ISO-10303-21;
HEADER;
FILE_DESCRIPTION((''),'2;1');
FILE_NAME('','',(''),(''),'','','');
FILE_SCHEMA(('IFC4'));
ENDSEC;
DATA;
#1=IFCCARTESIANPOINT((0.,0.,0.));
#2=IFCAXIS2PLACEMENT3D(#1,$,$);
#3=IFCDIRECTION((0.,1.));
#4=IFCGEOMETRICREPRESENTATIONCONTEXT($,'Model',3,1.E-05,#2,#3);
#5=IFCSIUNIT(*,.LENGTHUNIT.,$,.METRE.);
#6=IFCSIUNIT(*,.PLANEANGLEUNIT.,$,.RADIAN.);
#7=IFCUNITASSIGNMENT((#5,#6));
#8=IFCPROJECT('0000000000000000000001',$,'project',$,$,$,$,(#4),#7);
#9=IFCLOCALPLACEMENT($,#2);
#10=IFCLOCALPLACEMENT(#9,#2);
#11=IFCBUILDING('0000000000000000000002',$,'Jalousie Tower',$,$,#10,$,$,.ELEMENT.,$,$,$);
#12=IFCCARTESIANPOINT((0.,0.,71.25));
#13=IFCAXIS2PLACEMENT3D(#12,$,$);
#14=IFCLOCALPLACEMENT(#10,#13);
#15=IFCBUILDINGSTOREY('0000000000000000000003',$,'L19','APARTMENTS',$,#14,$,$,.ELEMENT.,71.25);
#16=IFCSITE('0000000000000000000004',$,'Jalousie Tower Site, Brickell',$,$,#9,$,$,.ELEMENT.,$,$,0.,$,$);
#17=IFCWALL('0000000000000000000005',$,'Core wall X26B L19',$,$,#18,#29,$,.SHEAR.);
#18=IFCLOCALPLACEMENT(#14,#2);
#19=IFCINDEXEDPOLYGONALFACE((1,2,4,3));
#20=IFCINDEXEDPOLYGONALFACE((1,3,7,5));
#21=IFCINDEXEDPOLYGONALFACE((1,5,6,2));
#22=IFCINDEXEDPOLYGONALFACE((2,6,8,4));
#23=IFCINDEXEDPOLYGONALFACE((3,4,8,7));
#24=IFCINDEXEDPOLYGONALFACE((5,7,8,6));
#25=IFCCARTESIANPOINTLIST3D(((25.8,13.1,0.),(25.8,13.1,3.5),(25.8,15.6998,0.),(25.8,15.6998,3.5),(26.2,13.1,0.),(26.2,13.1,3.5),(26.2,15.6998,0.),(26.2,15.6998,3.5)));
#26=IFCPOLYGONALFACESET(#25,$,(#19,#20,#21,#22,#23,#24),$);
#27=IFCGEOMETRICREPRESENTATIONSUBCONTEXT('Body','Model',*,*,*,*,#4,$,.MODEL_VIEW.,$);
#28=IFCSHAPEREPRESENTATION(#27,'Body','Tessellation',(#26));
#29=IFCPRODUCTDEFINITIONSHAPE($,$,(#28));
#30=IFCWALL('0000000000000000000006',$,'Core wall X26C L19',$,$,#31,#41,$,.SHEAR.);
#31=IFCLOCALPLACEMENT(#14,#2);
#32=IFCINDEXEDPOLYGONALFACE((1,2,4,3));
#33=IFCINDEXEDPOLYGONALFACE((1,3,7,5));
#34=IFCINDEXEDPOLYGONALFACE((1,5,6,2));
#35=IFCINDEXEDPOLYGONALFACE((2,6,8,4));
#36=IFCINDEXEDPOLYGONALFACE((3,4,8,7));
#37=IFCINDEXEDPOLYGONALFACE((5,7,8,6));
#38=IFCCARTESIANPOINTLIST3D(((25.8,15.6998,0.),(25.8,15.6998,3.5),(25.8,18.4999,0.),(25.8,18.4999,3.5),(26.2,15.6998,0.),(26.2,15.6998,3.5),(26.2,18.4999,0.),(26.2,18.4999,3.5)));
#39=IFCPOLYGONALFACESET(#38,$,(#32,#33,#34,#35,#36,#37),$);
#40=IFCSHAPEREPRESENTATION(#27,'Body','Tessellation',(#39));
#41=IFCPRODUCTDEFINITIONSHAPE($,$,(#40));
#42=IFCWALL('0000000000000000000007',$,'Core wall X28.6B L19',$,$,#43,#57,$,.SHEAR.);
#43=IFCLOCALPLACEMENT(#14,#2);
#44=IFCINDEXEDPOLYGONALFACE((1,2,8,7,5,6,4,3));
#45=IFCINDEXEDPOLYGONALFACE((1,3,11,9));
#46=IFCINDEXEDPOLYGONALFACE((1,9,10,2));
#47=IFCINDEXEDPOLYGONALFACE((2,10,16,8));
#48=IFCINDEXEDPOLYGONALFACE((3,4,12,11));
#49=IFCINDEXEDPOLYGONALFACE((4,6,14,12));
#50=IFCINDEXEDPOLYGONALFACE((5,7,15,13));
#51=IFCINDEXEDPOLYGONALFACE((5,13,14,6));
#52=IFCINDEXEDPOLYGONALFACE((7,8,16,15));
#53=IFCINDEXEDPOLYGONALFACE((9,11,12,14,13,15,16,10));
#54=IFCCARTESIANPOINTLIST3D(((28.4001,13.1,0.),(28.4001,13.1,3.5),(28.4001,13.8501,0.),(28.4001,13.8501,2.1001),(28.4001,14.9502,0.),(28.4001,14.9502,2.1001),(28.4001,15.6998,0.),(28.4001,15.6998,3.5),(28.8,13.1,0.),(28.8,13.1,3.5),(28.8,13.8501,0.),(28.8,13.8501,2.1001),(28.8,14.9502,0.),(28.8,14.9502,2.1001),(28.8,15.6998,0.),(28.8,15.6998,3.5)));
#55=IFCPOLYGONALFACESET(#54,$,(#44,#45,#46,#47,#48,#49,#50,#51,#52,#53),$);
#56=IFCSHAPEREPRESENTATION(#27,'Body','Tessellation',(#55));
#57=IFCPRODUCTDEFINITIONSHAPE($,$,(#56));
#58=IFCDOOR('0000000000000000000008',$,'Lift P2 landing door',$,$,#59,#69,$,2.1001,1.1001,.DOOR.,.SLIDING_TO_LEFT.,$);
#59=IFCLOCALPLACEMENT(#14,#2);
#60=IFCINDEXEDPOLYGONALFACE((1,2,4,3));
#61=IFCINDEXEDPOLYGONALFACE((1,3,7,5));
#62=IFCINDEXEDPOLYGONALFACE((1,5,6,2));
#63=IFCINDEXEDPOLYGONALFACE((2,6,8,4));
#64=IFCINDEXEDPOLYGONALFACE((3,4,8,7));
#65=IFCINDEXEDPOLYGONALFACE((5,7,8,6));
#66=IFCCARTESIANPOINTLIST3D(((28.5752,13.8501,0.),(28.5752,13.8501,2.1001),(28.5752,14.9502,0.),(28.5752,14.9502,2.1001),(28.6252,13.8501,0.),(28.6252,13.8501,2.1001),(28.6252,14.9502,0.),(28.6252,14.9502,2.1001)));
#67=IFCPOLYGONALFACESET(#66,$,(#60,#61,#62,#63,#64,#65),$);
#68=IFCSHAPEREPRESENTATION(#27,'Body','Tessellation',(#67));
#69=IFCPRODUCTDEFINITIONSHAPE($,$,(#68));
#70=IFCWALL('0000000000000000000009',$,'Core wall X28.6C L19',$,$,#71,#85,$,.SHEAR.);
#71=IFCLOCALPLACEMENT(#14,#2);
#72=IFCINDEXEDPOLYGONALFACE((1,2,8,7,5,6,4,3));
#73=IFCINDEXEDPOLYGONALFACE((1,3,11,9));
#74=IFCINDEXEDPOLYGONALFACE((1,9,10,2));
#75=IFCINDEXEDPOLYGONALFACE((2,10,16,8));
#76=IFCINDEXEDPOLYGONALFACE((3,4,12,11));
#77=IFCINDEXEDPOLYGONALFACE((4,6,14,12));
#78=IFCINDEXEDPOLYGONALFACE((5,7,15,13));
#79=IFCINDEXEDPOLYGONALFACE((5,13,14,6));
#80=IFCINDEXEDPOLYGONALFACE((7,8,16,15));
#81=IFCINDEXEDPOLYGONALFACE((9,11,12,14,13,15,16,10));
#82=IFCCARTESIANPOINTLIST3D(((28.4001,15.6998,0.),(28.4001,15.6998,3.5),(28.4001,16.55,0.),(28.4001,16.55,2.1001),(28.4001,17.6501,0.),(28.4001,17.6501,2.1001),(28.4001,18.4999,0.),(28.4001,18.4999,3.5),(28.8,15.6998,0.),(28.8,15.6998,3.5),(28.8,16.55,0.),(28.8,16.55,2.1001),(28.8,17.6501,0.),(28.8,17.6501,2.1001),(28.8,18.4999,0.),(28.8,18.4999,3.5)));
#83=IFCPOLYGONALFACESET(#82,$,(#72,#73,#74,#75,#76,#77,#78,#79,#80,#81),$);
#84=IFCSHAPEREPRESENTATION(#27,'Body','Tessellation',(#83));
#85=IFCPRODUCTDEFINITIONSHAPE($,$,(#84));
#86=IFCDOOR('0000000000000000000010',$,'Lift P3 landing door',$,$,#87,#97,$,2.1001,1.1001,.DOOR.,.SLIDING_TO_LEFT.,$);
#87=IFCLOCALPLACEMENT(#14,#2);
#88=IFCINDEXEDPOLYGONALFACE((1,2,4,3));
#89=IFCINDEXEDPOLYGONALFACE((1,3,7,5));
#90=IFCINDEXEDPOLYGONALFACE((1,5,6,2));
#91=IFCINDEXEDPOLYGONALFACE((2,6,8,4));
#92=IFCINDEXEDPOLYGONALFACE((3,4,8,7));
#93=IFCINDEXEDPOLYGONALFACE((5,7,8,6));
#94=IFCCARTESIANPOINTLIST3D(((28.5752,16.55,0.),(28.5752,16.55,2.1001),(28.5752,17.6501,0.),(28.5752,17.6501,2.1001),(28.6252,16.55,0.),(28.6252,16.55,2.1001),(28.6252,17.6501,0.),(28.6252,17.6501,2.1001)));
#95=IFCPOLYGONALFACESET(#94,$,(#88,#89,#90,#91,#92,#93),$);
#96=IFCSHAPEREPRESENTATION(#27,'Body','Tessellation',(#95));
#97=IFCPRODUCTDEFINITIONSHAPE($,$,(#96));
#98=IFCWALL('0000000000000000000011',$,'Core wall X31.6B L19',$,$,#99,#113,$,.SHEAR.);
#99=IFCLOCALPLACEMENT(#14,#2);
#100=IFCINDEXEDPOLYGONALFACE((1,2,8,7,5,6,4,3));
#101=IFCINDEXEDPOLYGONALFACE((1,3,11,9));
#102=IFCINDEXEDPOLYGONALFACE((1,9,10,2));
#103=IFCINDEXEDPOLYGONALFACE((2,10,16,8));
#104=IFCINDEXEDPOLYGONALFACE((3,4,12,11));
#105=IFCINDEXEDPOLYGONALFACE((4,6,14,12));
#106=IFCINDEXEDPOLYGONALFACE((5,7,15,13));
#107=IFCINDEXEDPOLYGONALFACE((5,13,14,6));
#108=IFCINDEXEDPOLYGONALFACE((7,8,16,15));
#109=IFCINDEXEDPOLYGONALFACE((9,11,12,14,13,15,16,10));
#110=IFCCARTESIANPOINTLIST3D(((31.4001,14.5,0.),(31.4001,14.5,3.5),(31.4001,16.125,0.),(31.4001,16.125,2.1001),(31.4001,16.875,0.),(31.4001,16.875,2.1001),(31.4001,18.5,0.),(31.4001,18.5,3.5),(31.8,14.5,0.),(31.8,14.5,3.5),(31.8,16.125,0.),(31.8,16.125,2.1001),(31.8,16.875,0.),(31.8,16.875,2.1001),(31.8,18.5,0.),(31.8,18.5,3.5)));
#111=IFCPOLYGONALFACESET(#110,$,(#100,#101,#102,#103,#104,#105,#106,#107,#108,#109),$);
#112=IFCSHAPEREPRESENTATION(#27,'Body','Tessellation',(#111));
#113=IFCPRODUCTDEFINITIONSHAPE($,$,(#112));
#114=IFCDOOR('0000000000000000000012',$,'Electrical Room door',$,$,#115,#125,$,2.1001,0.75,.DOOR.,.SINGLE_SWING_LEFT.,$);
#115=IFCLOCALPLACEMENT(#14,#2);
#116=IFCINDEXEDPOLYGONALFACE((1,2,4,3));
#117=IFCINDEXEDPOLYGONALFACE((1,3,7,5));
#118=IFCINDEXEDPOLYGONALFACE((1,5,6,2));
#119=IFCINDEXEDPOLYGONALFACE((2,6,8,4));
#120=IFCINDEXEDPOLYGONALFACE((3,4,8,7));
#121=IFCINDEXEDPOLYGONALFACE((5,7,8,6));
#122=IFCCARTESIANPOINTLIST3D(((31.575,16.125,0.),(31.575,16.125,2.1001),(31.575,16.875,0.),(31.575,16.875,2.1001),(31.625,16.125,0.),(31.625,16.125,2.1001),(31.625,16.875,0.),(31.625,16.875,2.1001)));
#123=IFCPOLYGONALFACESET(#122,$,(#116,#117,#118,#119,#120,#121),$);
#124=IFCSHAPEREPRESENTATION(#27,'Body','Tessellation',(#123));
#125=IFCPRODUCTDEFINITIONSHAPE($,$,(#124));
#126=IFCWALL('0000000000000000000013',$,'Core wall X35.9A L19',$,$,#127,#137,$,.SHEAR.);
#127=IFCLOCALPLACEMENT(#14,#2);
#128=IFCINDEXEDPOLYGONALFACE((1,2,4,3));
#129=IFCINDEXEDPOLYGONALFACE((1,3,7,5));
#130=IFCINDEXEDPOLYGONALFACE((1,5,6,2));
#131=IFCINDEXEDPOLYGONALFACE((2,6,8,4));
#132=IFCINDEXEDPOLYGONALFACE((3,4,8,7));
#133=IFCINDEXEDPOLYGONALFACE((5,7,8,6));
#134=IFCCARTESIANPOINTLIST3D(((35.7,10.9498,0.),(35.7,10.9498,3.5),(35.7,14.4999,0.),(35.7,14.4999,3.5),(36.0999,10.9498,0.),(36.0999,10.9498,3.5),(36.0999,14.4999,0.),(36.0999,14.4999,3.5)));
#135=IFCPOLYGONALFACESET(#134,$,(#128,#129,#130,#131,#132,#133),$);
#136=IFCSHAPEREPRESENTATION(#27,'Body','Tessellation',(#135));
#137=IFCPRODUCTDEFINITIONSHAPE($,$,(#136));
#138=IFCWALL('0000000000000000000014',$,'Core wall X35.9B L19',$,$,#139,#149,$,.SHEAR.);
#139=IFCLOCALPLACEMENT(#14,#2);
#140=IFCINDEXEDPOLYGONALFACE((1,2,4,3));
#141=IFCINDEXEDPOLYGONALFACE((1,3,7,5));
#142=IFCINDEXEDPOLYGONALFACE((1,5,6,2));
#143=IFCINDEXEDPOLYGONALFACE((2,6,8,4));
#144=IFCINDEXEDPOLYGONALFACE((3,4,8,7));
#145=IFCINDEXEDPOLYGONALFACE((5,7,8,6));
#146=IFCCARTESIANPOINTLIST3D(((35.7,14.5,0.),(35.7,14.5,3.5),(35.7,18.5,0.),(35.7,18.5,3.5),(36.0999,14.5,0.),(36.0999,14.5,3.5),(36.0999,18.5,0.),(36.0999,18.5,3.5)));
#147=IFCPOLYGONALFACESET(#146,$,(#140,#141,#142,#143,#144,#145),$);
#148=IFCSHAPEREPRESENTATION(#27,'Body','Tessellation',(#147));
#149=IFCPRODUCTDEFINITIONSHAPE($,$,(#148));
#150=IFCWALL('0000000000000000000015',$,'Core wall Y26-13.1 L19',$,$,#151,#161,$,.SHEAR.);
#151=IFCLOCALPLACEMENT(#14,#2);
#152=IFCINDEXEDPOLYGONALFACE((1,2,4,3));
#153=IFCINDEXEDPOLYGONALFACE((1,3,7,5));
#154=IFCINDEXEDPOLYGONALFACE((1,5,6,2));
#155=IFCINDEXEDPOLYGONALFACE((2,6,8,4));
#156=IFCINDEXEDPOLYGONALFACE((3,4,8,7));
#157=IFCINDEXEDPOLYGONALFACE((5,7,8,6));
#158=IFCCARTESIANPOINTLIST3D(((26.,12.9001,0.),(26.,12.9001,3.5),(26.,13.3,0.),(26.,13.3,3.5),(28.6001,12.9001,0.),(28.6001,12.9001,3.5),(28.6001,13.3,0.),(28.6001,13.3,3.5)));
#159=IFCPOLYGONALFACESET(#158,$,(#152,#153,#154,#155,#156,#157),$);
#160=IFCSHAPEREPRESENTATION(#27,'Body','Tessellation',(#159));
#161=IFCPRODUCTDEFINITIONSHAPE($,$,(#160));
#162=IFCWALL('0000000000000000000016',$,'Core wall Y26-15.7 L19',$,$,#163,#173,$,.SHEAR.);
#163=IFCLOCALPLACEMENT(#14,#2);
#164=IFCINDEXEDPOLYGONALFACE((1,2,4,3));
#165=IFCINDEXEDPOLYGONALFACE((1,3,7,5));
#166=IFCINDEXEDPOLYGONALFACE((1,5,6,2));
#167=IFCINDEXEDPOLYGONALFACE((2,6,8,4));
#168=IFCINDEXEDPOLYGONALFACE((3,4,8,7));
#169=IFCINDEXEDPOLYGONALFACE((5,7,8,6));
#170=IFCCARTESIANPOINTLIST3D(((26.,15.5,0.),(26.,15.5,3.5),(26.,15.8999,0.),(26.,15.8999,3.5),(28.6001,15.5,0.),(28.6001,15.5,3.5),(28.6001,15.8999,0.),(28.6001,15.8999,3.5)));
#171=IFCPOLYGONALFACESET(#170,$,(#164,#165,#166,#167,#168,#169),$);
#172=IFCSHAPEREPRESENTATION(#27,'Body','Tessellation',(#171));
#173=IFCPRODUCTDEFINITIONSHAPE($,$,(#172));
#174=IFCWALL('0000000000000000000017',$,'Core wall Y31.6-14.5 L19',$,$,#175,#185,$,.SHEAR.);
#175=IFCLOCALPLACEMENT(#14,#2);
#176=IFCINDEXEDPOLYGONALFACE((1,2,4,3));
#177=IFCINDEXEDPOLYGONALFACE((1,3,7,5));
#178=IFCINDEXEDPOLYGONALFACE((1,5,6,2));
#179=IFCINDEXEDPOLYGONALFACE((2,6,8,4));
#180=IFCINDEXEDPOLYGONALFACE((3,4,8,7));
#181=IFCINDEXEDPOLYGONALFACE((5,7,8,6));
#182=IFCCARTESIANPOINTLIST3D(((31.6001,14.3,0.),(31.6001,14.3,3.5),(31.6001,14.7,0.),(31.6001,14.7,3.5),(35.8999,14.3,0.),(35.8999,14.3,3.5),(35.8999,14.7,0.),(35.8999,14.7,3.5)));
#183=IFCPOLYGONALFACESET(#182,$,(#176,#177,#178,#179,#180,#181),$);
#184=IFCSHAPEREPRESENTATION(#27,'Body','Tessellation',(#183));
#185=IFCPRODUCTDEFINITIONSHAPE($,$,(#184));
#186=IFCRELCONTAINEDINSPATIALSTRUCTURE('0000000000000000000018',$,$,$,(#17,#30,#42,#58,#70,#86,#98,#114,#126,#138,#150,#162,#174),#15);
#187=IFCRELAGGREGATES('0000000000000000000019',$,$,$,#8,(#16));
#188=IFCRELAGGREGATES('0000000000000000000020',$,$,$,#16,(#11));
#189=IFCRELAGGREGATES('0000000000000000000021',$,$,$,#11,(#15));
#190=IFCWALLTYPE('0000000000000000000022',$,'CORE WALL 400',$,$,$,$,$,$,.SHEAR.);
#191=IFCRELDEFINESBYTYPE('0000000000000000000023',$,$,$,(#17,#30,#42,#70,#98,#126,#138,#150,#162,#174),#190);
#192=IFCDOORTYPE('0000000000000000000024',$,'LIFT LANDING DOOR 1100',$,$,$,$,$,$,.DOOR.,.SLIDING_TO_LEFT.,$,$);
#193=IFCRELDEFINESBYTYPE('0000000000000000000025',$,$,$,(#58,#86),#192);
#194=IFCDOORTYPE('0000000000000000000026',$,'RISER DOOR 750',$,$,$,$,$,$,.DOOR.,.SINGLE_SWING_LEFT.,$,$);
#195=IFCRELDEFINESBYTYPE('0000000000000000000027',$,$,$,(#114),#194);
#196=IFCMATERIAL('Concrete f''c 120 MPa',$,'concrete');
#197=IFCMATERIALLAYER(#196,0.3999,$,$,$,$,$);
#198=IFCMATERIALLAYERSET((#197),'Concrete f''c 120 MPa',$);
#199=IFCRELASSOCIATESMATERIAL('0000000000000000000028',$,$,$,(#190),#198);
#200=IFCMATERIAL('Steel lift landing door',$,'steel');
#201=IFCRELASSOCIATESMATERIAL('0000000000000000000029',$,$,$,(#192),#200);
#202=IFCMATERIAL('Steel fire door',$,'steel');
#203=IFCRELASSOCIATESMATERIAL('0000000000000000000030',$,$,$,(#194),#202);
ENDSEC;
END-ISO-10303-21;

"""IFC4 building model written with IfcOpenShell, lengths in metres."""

from ifc_helpers import new_model, si_unit, direction, frame, frame_2d, origin, place, context, subcontext, project, spatial, rectangle, extrude, material, layer, layer_set, type_object, element, fill, save


model = new_model("IFC4")

# Units and contexts
model_context = context("Model", 3, precision=1e-05, world=origin(), true_north=direction((0.0, 1.0)))
body_context = subcontext(model_context, "Body", "Model", "MODEL_VIEW")
ifc_project = project(units=[si_unit("LENGTHUNIT", "METRE"), si_unit("PLANEANGLEUNIT", "RADIAN")], contexts=[model_context])

# Site, building, storey
site_placement = place(None, origin())
site = spatial("IfcSite", under=ifc_project, at=site_placement, Name="Jalousie Tower Site, Brickell", CompositionType="ELEMENT", RefElevation=0.0)
building_placement = place(site_placement, origin())
building = spatial("IfcBuilding", under=site, at=building_placement, Name="Jalousie Tower", CompositionType="ELEMENT")
storey_placement = place(building_placement, frame((0.0, 0.0, 71.25)))
storey = spatial("IfcBuildingStorey", under=building, at=storey_placement, Name="L19", Description="APARTMENTS", CompositionType="ELEMENT", Elevation=71.25)

# Walls
ifc_material_1 = material(Name="Concrete f'c 120 MPa", Category="concrete")
ifc_layer = layer(ifc_material_1, 0.3999)
ifc_layer_set = layer_set([ifc_layer], Name="Concrete f'c 120 MPa")
wall_type = type_object("IfcWallType", Name="CORE WALL 400", PredefinedType="SHEAR", material=ifc_layer_set)
wall_1_placement = place(storey_placement, frame((26.0, 13.1001, 0.0), z_axis=(0.0, 0.0, 1.0), x_axis=(0.0, 1.0, 0.0)))
element("IfcWall", 1, at=wall_1_placement, inside=storey, type_object=wall_type, Name="Core wall X26B L19", PredefinedType="SHEAR", context=body_context, shape_type="SweptSolid", body=[
    extrude(rectangle(XDim=2.5999, YDim=0.3999, at=frame_2d((1.2998, 0.0))), origin(), (0.0, 0.0, 1.0), 3.5),
])
wall_2_placement = place(storey_placement, frame((26.0, 15.7, 0.0), z_axis=(0.0, 0.0, 1.0), x_axis=(0.0, 1.0, 0.0)))
element("IfcWall", 2, at=wall_2_placement, inside=storey, type_object=wall_type, Name="Core wall X26C L19", PredefinedType="SHEAR", context=body_context, shape_type="SweptSolid", body=[
    extrude(rectangle(XDim=2.8, YDim=0.3999, at=frame_2d((1.3999, 0.0))), origin(), (0.0, 0.0, 1.0), 3.5),
])

# Walls, openings, doors
wall_3_placement = place(storey_placement, frame((28.6001, 13.1001, 0.0), z_axis=(0.0, 0.0, 1.0), x_axis=(0.0, 1.0, 0.0)))
wall_3 = element("IfcWall", 3, at=wall_3_placement, inside=storey, type_object=wall_type, Name="Core wall X28.6B L19", PredefinedType="SHEAR", context=body_context, shape_type="SweptSolid", body=[
    extrude(rectangle(XDim=2.5999, YDim=0.3999, at=frame_2d((1.2998, 0.0))), origin(), (0.0, 0.0, 1.0), 3.5),
])
opening_1_placement = place(wall_3_placement, frame((0.75, 0.0, 0.0)))
opening_1 = element("IfcOpeningElement", 4, at=opening_1_placement, cuts=wall_3, PredefinedType="OPENING", context=body_context, shape_type="SweptSolid", body=[
    extrude(rectangle(XDim=1.1001, YDim=2.1001, at=frame_2d((0.55, 1.05))), frame((0.0, 0.21, 0.0), z_axis=(0.0, -1.0, 0.0), x_axis=(1.0, 0.0, 0.0)), (0.0, 0.0, 1.0), 0.4199),
])
ifc_material_2 = material(Name="Steel lift landing door", Category="steel")
door_type_1 = type_object("IfcDoorType", Name="LIFT LANDING DOOR 1100", OperationType="SLIDING_TO_LEFT", PredefinedType="DOOR", material=ifc_material_2)
door_1_placement = place(opening_1_placement, origin())
door_1 = element("IfcDoor", 5, at=door_1_placement, inside=storey, type_object=door_type_1, Name="Lift P2 landing door", OperationType="SLIDING_TO_LEFT", OverallHeight=2.1001, OverallWidth=1.1001, PredefinedType="DOOR", context=body_context, shape_type="SweptSolid", body=[
    extrude(rectangle(XDim=1.1001, YDim=2.1001, at=frame_2d((0.55, 1.05))), frame((0.0, 0.0249, 0.0), z_axis=(0.0, -1.0, 0.0), x_axis=(1.0, 0.0, 0.0)), (0.0, 0.0, 1.0), 0.05),
])
fill(opening_1, door_1)
wall_4_placement = place(storey_placement, frame((28.6001, 15.7, 0.0), z_axis=(0.0, 0.0, 1.0), x_axis=(0.0, 1.0, 0.0)))
wall_4 = element("IfcWall", 6, at=wall_4_placement, inside=storey, type_object=wall_type, Name="Core wall X28.6C L19", PredefinedType="SHEAR", context=body_context, shape_type="SweptSolid", body=[
    extrude(rectangle(XDim=2.8, YDim=0.3999, at=frame_2d((1.3999, 0.0))), origin(), (0.0, 0.0, 1.0), 3.5),
])
opening_2_placement = place(wall_4_placement, frame((0.8501, 0.0, 0.0)))
opening_2 = element("IfcOpeningElement", 7, at=opening_2_placement, cuts=wall_4, PredefinedType="OPENING", context=body_context, shape_type="SweptSolid", body=[
    extrude(rectangle(XDim=1.1001, YDim=2.1001, at=frame_2d((0.55, 1.05))), frame((0.0, 0.21, 0.0), z_axis=(0.0, -1.0, 0.0), x_axis=(1.0, 0.0, 0.0)), (0.0, 0.0, 1.0), 0.4199),
])
door_2_placement = place(opening_2_placement, origin())
door_2 = element("IfcDoor", 8, at=door_2_placement, inside=storey, type_object=door_type_1, Name="Lift P3 landing door", OperationType="SLIDING_TO_LEFT", OverallHeight=2.1001, OverallWidth=1.1001, PredefinedType="DOOR", context=body_context, shape_type="SweptSolid", body=[
    extrude(rectangle(XDim=1.1001, YDim=2.1001, at=frame_2d((0.55, 1.05))), frame((0.0, 0.0249, 0.0), z_axis=(0.0, -1.0, 0.0), x_axis=(1.0, 0.0, 0.0)), (0.0, 0.0, 1.0), 0.05),
])
fill(opening_2, door_2)
wall_5_placement = place(storey_placement, frame((31.6001, 14.5, 0.0), z_axis=(0.0, 0.0, 1.0), x_axis=(0.0, 1.0, 0.0)))
wall_5 = element("IfcWall", 9, at=wall_5_placement, inside=storey, type_object=wall_type, Name="Core wall X31.6B L19", PredefinedType="SHEAR", context=body_context, shape_type="SweptSolid", body=[
    extrude(rectangle(XDim=4.0, YDim=0.3999, at=frame_2d((2.0, 0.0))), origin(), (0.0, 0.0, 1.0), 3.5),
])
opening_3_placement = place(wall_5_placement, frame((1.625, 0.0, 0.0)))
opening_3 = element("IfcOpeningElement", 10, at=opening_3_placement, cuts=wall_5, PredefinedType="OPENING", context=body_context, shape_type="SweptSolid", body=[
    extrude(rectangle(XDim=0.75, YDim=2.1001, at=frame_2d((0.375, 1.05))), frame((0.0, 0.21, 0.0), z_axis=(0.0, -1.0, 0.0), x_axis=(1.0, 0.0, 0.0)), (0.0, 0.0, 1.0), 0.4199),
])
ifc_material_3 = material(Name="Steel fire door", Category="steel")
door_type_2 = type_object("IfcDoorType", Name="RISER DOOR 750", OperationType="SINGLE_SWING_LEFT", PredefinedType="DOOR", material=ifc_material_3)
door_3_placement = place(opening_3_placement, frame((0.75, 0.0, 0.0), z_axis=(0.0, 0.0, 1.0), x_axis=(-1.0, 0.0, 0.0)))
door_3 = element("IfcDoor", 11, at=door_3_placement, inside=storey, type_object=door_type_2, Name="Electrical Room door", OperationType="SINGLE_SWING_LEFT", OverallHeight=2.1001, OverallWidth=0.75, PredefinedType="DOOR", context=body_context, shape_type="SweptSolid", body=[
    extrude(rectangle(XDim=0.75, YDim=2.1001, at=frame_2d((0.375, 1.05))), frame((0.0, 0.0249, 0.0), z_axis=(0.0, -1.0, 0.0), x_axis=(1.0, 0.0, 0.0)), (0.0, 0.0, 1.0), 0.05),
])
fill(opening_3, door_3)

# Walls
wall_6_placement = place(storey_placement, frame((35.8999, 10.95, 0.0), z_axis=(0.0, 0.0, 1.0), x_axis=(0.0, 1.0, 0.0)))
element("IfcWall", 12, at=wall_6_placement, inside=storey, type_object=wall_type, Name="Core wall X35.9A L19", PredefinedType="SHEAR", context=body_context, shape_type="SweptSolid", body=[
    extrude(rectangle(XDim=3.55, YDim=0.3999, at=frame_2d((1.7749, 0.0))), origin(), (0.0, 0.0, 1.0), 3.5),
])
wall_7_placement = place(storey_placement, frame((35.8999, 14.5, 0.0), z_axis=(0.0, 0.0, 1.0), x_axis=(0.0, 1.0, 0.0)))
element("IfcWall", 13, at=wall_7_placement, inside=storey, type_object=wall_type, Name="Core wall X35.9B L19", PredefinedType="SHEAR", context=body_context, shape_type="SweptSolid", body=[
    extrude(rectangle(XDim=4.0, YDim=0.3999, at=frame_2d((2.0, 0.0))), origin(), (0.0, 0.0, 1.0), 3.5),
])
for number, where, z_axis, x_axis, name in (
    (14, (26.0, 13.1001, 0.0), (0.0, 0.0, 1.0), (1.0, 0.0, 0.0), "Core wall Y26-13.1 L19"),
    (15, (26.0, 15.7, 0.0), (0.0, 0.0, 1.0), (1.0, 0.0, 0.0), "Core wall Y26-15.7 L19"),
):
    element("IfcWall", number, at=place(storey_placement, frame(where, z_axis=z_axis, x_axis=x_axis)), inside=storey, type_object=wall_type, Name=name, PredefinedType="SHEAR", context=body_context, shape_type="SweptSolid", body=[
        extrude(rectangle(XDim=2.6001, YDim=0.3999, at=frame_2d((1.3, 0.0))), origin(), (0.0, 0.0, 1.0), 3.5),
    ])
wall_8_placement = place(storey_placement, frame((31.6001, 14.5, 0.0), z_axis=(0.0, 0.0, 1.0), x_axis=(1.0, 0.0, 0.0)))
element("IfcWall", 16, at=wall_8_placement, inside=storey, type_object=wall_type, Name="Core wall Y31.6-14.5 L19", PredefinedType="SHEAR", context=body_context, shape_type="SweptSolid", body=[
    extrude(rectangle(XDim=4.2998, YDim=0.3999, at=frame_2d((2.1499, 0.0))), origin(), (0.0, 0.0, 1.0), 3.5),
])

save(model, "model.ifc")
